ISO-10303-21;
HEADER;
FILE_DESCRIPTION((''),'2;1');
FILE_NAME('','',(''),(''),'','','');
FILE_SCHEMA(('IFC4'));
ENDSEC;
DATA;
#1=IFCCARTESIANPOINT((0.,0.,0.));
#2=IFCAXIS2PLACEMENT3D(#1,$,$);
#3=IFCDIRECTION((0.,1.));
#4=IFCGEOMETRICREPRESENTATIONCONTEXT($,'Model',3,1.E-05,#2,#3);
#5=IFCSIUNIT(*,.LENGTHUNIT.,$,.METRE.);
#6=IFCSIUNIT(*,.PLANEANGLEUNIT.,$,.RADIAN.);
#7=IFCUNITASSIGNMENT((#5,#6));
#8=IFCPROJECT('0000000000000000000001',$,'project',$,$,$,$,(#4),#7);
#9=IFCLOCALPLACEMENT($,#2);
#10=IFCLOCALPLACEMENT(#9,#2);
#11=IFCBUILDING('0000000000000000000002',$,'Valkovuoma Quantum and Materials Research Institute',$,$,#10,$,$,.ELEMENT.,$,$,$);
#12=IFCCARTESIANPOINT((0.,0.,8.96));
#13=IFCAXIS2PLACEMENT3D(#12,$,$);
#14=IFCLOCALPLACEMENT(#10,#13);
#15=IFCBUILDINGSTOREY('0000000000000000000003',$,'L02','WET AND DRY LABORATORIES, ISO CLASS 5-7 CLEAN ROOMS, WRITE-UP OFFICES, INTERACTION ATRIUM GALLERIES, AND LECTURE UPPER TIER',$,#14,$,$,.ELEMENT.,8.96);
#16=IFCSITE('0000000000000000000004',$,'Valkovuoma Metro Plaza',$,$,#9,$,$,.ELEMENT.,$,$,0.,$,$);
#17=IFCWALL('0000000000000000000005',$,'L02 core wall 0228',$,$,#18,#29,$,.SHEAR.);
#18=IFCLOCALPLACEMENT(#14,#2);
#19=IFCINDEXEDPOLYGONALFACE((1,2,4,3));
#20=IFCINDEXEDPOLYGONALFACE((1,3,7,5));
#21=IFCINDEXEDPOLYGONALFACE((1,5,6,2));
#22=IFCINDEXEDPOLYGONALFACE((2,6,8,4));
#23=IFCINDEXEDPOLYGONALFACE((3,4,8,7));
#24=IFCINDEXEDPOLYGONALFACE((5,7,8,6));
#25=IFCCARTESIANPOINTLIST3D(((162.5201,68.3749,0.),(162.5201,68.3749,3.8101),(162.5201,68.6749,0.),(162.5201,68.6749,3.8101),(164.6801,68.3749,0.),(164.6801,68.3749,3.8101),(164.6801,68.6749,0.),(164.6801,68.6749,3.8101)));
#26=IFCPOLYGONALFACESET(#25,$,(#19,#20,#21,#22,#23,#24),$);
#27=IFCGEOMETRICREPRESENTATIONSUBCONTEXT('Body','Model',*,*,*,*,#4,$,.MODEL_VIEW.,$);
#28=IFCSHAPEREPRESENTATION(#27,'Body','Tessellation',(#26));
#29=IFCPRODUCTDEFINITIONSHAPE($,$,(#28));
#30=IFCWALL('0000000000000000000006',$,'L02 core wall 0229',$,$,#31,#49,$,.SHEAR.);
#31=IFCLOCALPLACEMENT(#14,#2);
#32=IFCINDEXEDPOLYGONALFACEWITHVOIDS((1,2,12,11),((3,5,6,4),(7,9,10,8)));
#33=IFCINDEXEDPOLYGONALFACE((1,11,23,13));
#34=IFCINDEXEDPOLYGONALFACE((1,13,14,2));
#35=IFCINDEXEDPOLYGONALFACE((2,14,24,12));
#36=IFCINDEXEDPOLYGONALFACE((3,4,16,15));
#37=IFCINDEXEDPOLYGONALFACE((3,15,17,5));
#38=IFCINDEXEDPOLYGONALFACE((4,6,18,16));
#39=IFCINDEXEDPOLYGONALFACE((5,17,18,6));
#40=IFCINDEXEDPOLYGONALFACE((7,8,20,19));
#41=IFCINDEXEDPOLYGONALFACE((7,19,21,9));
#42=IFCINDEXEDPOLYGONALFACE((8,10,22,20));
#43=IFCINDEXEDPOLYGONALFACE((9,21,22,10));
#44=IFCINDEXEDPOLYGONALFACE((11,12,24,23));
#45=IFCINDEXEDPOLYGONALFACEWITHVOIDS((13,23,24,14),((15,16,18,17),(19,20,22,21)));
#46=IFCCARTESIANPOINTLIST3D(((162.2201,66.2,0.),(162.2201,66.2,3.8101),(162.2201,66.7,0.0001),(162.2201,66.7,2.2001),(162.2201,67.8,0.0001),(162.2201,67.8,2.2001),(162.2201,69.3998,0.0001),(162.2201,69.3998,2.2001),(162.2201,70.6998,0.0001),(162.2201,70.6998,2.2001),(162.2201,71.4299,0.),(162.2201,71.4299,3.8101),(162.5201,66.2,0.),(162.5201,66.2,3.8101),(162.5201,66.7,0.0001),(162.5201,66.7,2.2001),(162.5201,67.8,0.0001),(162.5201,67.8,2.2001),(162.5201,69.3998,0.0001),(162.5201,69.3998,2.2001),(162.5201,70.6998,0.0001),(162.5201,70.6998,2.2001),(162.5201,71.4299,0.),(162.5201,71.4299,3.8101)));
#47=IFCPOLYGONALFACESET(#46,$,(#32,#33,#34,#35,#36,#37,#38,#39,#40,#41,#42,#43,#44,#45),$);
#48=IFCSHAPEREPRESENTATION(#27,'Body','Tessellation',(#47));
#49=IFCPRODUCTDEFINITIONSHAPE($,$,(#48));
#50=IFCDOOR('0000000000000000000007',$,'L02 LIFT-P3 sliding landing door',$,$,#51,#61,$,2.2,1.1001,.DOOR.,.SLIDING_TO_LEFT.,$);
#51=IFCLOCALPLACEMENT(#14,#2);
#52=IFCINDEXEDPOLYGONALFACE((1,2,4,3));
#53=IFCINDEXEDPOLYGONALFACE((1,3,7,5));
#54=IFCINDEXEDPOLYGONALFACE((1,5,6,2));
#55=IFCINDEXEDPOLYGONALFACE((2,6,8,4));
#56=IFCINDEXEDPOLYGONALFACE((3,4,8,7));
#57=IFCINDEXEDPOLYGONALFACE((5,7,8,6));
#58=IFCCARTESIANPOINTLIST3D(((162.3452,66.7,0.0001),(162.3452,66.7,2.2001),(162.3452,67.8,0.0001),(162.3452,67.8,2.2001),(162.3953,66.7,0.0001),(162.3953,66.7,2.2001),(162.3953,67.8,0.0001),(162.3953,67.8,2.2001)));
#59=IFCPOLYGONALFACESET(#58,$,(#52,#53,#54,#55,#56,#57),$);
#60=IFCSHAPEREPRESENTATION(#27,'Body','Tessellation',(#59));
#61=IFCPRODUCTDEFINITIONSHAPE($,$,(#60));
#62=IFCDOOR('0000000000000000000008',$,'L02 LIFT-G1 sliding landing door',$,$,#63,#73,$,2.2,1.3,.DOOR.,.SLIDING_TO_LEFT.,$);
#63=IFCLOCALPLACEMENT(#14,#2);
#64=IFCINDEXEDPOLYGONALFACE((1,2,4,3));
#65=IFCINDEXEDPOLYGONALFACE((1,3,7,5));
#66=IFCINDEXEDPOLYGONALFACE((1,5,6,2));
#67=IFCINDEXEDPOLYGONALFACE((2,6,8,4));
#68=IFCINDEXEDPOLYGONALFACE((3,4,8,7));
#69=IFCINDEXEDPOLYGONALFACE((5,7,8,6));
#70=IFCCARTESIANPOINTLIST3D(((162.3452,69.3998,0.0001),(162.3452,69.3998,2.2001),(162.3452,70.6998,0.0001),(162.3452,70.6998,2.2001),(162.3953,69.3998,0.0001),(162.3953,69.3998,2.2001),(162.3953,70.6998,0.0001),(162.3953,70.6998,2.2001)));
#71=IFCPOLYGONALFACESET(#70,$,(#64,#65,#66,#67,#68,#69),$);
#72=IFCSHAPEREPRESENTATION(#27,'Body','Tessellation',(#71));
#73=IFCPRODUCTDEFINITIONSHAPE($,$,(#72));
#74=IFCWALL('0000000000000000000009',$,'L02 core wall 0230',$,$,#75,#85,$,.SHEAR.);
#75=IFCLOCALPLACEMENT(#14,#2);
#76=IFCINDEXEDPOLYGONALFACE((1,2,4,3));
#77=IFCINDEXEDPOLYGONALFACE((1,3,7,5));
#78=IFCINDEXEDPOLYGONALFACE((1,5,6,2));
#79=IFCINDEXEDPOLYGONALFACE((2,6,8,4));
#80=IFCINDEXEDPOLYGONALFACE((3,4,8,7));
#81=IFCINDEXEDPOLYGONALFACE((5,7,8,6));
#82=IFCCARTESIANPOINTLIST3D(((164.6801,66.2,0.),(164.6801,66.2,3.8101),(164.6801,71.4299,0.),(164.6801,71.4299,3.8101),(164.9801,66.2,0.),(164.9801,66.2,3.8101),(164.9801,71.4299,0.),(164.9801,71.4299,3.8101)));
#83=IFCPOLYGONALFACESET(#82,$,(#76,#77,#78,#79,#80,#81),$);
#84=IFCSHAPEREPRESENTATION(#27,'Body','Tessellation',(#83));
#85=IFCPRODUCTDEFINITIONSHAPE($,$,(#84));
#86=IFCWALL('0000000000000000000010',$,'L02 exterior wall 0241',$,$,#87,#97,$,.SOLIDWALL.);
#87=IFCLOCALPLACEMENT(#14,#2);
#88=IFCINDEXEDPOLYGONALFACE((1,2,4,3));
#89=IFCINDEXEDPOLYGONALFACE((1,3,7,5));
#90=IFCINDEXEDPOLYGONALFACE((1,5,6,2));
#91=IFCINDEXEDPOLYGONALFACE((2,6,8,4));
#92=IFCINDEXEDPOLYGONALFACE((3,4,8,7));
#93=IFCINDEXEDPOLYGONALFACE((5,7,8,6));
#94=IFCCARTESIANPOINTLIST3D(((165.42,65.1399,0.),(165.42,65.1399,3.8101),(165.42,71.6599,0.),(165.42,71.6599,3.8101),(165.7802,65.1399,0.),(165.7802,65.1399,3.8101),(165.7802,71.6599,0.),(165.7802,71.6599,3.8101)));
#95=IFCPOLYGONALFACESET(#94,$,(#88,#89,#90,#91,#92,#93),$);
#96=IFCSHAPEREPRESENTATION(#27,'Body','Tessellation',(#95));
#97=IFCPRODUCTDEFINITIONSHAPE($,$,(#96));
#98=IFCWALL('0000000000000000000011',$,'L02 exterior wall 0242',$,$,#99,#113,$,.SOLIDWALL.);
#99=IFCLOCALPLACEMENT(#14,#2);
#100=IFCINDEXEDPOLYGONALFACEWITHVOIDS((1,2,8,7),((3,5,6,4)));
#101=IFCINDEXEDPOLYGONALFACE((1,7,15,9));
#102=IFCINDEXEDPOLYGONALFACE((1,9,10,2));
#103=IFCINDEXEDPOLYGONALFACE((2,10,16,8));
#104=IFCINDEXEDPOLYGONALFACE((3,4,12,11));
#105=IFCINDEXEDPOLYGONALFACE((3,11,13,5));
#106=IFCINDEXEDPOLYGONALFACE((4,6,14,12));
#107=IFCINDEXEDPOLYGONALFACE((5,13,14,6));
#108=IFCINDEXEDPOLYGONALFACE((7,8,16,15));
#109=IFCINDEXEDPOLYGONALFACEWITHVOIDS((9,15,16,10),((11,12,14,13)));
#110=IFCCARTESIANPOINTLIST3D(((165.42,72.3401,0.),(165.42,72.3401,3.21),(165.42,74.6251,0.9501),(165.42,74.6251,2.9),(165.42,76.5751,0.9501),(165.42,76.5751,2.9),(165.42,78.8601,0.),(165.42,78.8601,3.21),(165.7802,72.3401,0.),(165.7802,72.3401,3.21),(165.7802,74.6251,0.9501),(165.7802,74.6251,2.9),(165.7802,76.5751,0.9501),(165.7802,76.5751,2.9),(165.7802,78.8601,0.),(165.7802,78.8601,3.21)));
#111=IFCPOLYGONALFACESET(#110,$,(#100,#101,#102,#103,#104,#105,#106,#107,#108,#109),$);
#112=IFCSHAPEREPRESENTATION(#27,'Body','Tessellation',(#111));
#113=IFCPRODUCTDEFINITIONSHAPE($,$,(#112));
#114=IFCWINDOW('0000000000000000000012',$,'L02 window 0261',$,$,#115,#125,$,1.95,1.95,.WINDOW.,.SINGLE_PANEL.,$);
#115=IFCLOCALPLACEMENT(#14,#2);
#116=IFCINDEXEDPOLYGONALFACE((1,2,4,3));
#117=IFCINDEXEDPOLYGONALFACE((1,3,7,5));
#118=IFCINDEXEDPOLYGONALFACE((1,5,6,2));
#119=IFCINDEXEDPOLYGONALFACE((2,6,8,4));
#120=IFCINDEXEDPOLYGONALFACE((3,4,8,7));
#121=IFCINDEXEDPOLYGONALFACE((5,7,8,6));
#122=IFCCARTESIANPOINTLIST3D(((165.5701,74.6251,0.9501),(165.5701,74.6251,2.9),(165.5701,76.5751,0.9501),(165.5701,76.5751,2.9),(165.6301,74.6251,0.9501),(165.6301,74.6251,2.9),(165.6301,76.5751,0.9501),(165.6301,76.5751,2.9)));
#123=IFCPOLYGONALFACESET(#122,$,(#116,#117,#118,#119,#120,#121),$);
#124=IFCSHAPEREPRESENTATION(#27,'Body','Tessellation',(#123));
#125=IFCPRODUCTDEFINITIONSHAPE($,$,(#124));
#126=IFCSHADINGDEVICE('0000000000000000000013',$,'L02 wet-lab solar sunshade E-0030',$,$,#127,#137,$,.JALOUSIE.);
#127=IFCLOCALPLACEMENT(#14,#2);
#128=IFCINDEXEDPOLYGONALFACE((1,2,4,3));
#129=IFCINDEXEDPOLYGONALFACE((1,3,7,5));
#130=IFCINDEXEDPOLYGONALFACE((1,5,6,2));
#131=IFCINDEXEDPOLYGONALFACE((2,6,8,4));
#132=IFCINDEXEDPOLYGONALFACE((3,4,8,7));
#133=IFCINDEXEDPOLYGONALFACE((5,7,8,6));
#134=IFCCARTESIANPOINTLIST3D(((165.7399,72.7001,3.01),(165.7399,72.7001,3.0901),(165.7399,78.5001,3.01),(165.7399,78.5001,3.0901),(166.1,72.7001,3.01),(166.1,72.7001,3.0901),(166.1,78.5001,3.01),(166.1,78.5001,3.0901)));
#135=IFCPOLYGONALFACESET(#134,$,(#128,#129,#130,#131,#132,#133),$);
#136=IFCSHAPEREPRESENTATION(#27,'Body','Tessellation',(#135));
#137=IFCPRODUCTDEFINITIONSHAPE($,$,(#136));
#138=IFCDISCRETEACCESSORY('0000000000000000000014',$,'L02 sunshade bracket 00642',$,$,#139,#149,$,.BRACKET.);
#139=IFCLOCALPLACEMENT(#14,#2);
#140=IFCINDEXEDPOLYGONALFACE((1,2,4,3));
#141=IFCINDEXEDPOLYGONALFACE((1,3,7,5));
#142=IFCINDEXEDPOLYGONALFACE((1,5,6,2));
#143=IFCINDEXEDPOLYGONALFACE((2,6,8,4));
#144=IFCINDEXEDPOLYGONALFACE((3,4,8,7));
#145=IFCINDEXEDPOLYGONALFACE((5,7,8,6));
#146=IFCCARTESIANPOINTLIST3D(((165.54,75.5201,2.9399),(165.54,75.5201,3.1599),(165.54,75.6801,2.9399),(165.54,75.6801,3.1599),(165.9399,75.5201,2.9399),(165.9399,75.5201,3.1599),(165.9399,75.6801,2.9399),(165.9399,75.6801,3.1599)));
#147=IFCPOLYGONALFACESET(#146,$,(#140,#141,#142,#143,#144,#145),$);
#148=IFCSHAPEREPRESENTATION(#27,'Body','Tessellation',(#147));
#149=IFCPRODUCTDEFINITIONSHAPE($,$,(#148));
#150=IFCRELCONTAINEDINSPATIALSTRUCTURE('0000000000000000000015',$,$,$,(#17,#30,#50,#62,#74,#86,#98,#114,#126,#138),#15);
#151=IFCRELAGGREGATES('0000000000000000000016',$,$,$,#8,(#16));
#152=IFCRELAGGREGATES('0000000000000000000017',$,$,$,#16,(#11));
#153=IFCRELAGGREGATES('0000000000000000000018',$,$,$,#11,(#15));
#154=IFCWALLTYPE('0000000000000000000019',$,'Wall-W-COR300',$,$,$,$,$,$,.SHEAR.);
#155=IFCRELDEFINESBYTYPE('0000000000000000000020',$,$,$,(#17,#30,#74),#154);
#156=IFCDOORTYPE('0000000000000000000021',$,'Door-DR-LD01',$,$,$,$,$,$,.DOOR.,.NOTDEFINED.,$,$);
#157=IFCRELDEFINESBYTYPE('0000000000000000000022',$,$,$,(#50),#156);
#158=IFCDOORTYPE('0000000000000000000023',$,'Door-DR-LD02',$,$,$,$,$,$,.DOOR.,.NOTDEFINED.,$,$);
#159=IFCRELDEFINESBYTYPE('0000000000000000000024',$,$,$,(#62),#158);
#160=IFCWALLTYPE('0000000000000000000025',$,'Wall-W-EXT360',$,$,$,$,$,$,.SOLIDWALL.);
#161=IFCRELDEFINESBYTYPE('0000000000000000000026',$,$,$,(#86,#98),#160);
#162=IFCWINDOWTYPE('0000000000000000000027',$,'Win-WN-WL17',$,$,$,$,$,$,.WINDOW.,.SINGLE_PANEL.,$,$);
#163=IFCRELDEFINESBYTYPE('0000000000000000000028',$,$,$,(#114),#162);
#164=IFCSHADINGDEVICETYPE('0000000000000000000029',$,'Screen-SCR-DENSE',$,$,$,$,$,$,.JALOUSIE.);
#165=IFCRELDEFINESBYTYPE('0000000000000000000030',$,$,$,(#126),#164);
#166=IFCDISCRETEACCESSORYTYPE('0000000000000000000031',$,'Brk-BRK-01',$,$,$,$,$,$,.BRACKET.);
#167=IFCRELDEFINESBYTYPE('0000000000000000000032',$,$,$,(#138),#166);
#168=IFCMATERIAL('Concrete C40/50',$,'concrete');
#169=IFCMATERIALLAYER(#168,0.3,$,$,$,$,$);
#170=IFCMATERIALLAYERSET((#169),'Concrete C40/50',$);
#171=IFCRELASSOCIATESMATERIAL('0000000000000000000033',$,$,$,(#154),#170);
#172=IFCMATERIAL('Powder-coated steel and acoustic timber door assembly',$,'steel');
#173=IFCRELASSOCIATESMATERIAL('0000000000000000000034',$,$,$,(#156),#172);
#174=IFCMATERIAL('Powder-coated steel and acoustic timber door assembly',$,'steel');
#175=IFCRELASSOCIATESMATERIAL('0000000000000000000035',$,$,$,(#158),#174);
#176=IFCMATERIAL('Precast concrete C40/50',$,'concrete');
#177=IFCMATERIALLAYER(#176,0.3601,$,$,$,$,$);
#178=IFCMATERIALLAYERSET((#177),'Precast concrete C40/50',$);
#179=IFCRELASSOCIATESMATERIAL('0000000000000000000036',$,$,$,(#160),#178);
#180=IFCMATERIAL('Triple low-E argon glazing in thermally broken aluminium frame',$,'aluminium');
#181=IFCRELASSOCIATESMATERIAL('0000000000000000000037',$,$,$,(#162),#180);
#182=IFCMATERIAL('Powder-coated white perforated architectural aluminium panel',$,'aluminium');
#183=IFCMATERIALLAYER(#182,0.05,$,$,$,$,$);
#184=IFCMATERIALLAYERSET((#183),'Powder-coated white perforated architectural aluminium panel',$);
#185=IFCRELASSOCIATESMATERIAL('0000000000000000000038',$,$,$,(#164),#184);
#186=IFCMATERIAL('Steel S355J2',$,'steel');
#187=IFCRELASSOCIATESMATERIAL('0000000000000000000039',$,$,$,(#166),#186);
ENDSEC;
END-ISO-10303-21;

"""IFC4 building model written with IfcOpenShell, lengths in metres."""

from ifc_helpers import new_model, si_unit, direction, frame, frame_2d, origin, origin_2d, place, context, subcontext, project, spatial, rectangle, extrude, material, layer, layer_set, type_object, element, fill, save


model = new_model("IFC4")

# Units and contexts
model_context = context("Model", 3, precision=1e-05, world=origin(), true_north=direction((0.0, 1.0)))
body_context = subcontext(model_context, "Body", "Model", "MODEL_VIEW")
ifc_project = project(units=[si_unit("LENGTHUNIT", "METRE"), si_unit("PLANEANGLEUNIT", "RADIAN")], contexts=[model_context])

# Site, building, storey
site_placement = place(None, origin())
site = spatial("IfcSite", under=ifc_project, at=site_placement, Name="Valkovuoma Metro Plaza", CompositionType="ELEMENT", RefElevation=0.0)
building_placement = place(site_placement, origin())
building = spatial("IfcBuilding", under=site, at=building_placement, Name="Valkovuoma Quantum and Materials Research Institute", CompositionType="ELEMENT")
storey_placement = place(building_placement, frame((0.0, 0.0, 8.96)))
storey = spatial("IfcBuildingStorey", under=building, at=storey_placement, Name="L02", Description="WET AND DRY LABORATORIES, ISO CLASS 5-7 CLEAN ROOMS, WRITE-UP OFFICES, INTERACTION ATRIUM GALLERIES, AND LECTURE UPPER TIER", CompositionType="ELEMENT", Elevation=8.96)

# Wall
ifc_material_1 = material(Name="Concrete C40/50", Category="concrete")
ifc_layer_1 = layer(ifc_material_1, 0.3)
ifc_layer_set_1 = layer_set([ifc_layer_1], Name="Concrete C40/50")
wall_type_1 = type_object("IfcWallType", Name="Wall-W-COR300", PredefinedType="SHEAR", material=ifc_layer_set_1)
wall_1_placement = place(storey_placement, frame((162.52, 68.5249, 0.0), z_axis=(0.0, 0.0, 1.0), x_axis=(1.0, 0.0, 0.0)))
element("IfcWall", 1, at=wall_1_placement, inside=storey, type_object=wall_type_1, Name="L02 core wall 0228", PredefinedType="SHEAR", context=body_context, shape_type="SweptSolid", body=[
    extrude(rectangle(XDim=2.1599, YDim=0.3, at=frame_2d((1.0801, 0.0))), origin(), (0.0, 0.0, 1.0), 3.8101),
])

# Wall, openings, doors
wall_2_placement = place(storey_placement, frame((162.3701, 66.2, 0.0), z_axis=(0.0, 0.0, 1.0), x_axis=(0.0, 1.0, 0.0)))
wall_2 = element("IfcWall", 2, at=wall_2_placement, inside=storey, type_object=wall_type_1, Name="L02 core wall 0229", PredefinedType="SHEAR", context=body_context, shape_type="SweptSolid", body=[
    extrude(rectangle(XDim=5.23, YDim=0.3, at=frame_2d((2.615, 0.0))), origin(), (0.0, 0.0, 1.0), 3.8101),
])
opening_1_placement = place(wall_2_placement, frame((0.5, 0.0, 0.0)))
opening_1 = element("IfcOpeningElement", 3, at=opening_1_placement, cuts=wall_2, PredefinedType="OPENING", context=body_context, shape_type="SweptSolid", body=[
    extrude(rectangle(XDim=1.1001, YDim=2.2, at=frame_2d((0.55, 1.1001))), frame((0.0, 0.1602, 0.0), z_axis=(0.0, -1.0, 0.0), x_axis=(1.0, 0.0, 0.0)), (0.0, 0.0, 1.0), 0.3201),
])
opening_2_placement = place(wall_2_placement, frame((3.2, 0.0, 0.0)))
opening_2 = element("IfcOpeningElement", 4, at=opening_2_placement, cuts=wall_2, PredefinedType="OPENING", context=body_context, shape_type="SweptSolid", body=[
    extrude(rectangle(XDim=1.3, YDim=2.2, at=frame_2d((0.6499, 1.1001))), frame((0.0, 0.1602, 0.0), z_axis=(0.0, -1.0, 0.0), x_axis=(1.0, 0.0, 0.0)), (0.0, 0.0, 1.0), 0.3201),
])
ifc_material_2 = material(Name="Powder-coated steel and acoustic timber door assembly", Category="steel")
door_type_1 = type_object("IfcDoorType", Name="Door-DR-LD01", OperationType="NOTDEFINED", PredefinedType="DOOR", material=ifc_material_2)
door_1_placement = place(opening_1_placement, origin())
door_1 = element("IfcDoor", 5, at=door_1_placement, inside=storey, type_object=door_type_1, Name="L02 LIFT-P3 sliding landing door", OperationType="SLIDING_TO_LEFT", OverallHeight=2.2, OverallWidth=1.1001, PredefinedType="DOOR", context=body_context, shape_type="SweptSolid", body=[
    extrude(rectangle(XDim=1.1001, YDim=2.2, at=frame_2d((0.55, 1.1001))), frame((0.0, 0.0249, 0.0), z_axis=(0.0, -1.0, 0.0), x_axis=(1.0, 0.0, 0.0)), (0.0, 0.0, 1.0), 0.05),
])
fill(opening_1, door_1)
ifc_material_3 = material(Name="Powder-coated steel and acoustic timber door assembly", Category="steel")
door_type_2 = type_object("IfcDoorType", Name="Door-DR-LD02", OperationType="NOTDEFINED", PredefinedType="DOOR", material=ifc_material_3)
door_2_placement = place(opening_2_placement, origin())
door_2 = element("IfcDoor", 6, at=door_2_placement, inside=storey, type_object=door_type_2, Name="L02 LIFT-G1 sliding landing door", OperationType="SLIDING_TO_LEFT", OverallHeight=2.2, OverallWidth=1.3, PredefinedType="DOOR", context=body_context, shape_type="SweptSolid", body=[
    extrude(rectangle(XDim=1.3, YDim=2.2, at=frame_2d((0.6499, 1.1001))), frame((0.0, 0.0249, 0.0), z_axis=(0.0, -1.0, 0.0), x_axis=(1.0, 0.0, 0.0)), (0.0, 0.0, 1.0), 0.05),
])
fill(opening_2, door_2)

# Walls
wall_3_placement = place(storey_placement, frame((164.8301, 66.2, 0.0), z_axis=(0.0, 0.0, 1.0), x_axis=(0.0, 1.0, 0.0)))
element("IfcWall", 7, at=wall_3_placement, inside=storey, type_object=wall_type_1, Name="L02 core wall 0230", PredefinedType="SHEAR", context=body_context, shape_type="SweptSolid", body=[
    extrude(rectangle(XDim=5.23, YDim=0.3, at=frame_2d((2.615, 0.0))), origin(), (0.0, 0.0, 1.0), 3.8101),
])
ifc_material_4 = material(Name="Precast concrete C40/50", Category="concrete")
ifc_layer_2 = layer(ifc_material_4, 0.3601)
ifc_layer_set_2 = layer_set([ifc_layer_2], Name="Precast concrete C40/50")
wall_type_2 = type_object("IfcWallType", Name="Wall-W-EXT360", PredefinedType="SOLIDWALL", material=ifc_layer_set_2)
wall_4_placement = place(storey_placement, frame((165.6001, 65.1399, 0.0), z_axis=(0.0, 0.0, 1.0), x_axis=(0.0, 1.0, 0.0)))
element("IfcWall", 8, at=wall_4_placement, inside=storey, type_object=wall_type_2, Name="L02 exterior wall 0241", PredefinedType="SOLIDWALL", context=body_context, shape_type="SweptSolid", body=[
    extrude(rectangle(XDim=6.52, YDim=0.3601, at=frame_2d((3.26, 0.0))), origin(), (0.0, 0.0, 1.0), 3.8101),
])

# Wall, opening, window
wall_5_placement = place(storey_placement, frame((165.6001, 72.3401, 0.0), z_axis=(0.0, 0.0, 1.0), x_axis=(0.0, 1.0, 0.0)))
wall_5 = element("IfcWall", 9, at=wall_5_placement, inside=storey, type_object=wall_type_2, Name="L02 exterior wall 0242", PredefinedType="SOLIDWALL", context=body_context, shape_type="SweptSolid", body=[
    extrude(rectangle(XDim=6.52, YDim=0.3601, at=frame_2d((3.26, 0.0))), origin(), (0.0, 0.0, 1.0), 3.21),
])
opening_3_placement = place(wall_5_placement, frame((2.2849, 0.0, 0.95)))
opening_3 = element("IfcOpeningElement", 10, at=opening_3_placement, cuts=wall_5, PredefinedType="OPENING", context=body_context, shape_type="SweptSolid", body=[
    extrude(rectangle(XDim=1.95, YDim=1.95, at=frame_2d((0.9751, 0.9751))), frame((0.0, 0.1899, 0.0), z_axis=(0.0, -1.0, 0.0), x_axis=(1.0, 0.0, 0.0)), (0.0, 0.0, 1.0), 0.3801),
])
ifc_material_5 = material(Name="Triple low-E argon glazing in thermally broken aluminium frame", Category="aluminium")
window_type = type_object("IfcWindowType", Name="Win-WN-WL17", PartitioningType="SINGLE_PANEL", PredefinedType="WINDOW", material=ifc_material_5)
window_placement = place(opening_3_placement, origin())
window = element("IfcWindow", 11, at=window_placement, inside=storey, type_object=window_type, Name="L02 window 0261", OverallHeight=1.95, OverallWidth=1.95, PartitioningType="SINGLE_PANEL", PredefinedType="WINDOW", context=body_context, shape_type="SweptSolid", body=[
    extrude(rectangle(XDim=1.95, YDim=1.95, at=frame_2d((0.9751, 0.9751))), frame((0.0, 0.03, 0.0), z_axis=(0.0, -1.0, 0.0), x_axis=(1.0, 0.0, 0.0)), (0.0, 0.0, 1.0), 0.0601),
])
fill(opening_3, window)

# Shading device
ifc_material_6 = material(Name="Powder-coated white perforated architectural aluminium panel", Category="aluminium")
ifc_layer_3 = layer(ifc_material_6, 0.05)
ifc_layer_set_3 = layer_set([ifc_layer_3], Name="Powder-coated white perforated architectural aluminium panel")
shading_device_type = type_object("IfcShadingDeviceType", Name="Screen-SCR-DENSE", PredefinedType="JALOUSIE", material=ifc_layer_set_3)
shading_device_placement = place(storey_placement, frame((165.9199, 75.6001, 3.01), z_axis=(0.0, 0.0, 1.0), x_axis=(1.0, 0.0, 0.0)))
element("IfcShadingDevice", 12, at=shading_device_placement, inside=storey, type_object=shading_device_type, Name="L02 wet-lab solar sunshade E-0030", PredefinedType="JALOUSIE", context=body_context, shape_type="SweptSolid", body=[
    extrude(rectangle(XDim=0.3601, YDim=5.8, at=origin_2d()), origin(), (0.0, 0.0, 1.0), 0.0801),
])

# Discrete accessory
ifc_material_7 = material(Name="Steel S355J2", Category="steel")
discrete_accessory_type = type_object("IfcDiscreteAccessoryType", Name="Brk-BRK-01", PredefinedType="BRACKET", material=ifc_material_7)
discrete_accessory_placement = place(storey_placement, frame((165.74, 75.6001, 2.9399), z_axis=(0.0, 0.0, 1.0), x_axis=(1.0, 0.0, 0.0)))
element("IfcDiscreteAccessory", 13, at=discrete_accessory_placement, inside=storey, type_object=discrete_accessory_type, Name="L02 sunshade bracket 00642", PredefinedType="BRACKET", context=body_context, shape_type="SweptSolid", body=[
    extrude(rectangle(XDim=0.3999, YDim=0.1599, at=origin_2d()), origin(), (0.0, 0.0, 1.0), 0.22),
])

save(model, "model.ifc")
